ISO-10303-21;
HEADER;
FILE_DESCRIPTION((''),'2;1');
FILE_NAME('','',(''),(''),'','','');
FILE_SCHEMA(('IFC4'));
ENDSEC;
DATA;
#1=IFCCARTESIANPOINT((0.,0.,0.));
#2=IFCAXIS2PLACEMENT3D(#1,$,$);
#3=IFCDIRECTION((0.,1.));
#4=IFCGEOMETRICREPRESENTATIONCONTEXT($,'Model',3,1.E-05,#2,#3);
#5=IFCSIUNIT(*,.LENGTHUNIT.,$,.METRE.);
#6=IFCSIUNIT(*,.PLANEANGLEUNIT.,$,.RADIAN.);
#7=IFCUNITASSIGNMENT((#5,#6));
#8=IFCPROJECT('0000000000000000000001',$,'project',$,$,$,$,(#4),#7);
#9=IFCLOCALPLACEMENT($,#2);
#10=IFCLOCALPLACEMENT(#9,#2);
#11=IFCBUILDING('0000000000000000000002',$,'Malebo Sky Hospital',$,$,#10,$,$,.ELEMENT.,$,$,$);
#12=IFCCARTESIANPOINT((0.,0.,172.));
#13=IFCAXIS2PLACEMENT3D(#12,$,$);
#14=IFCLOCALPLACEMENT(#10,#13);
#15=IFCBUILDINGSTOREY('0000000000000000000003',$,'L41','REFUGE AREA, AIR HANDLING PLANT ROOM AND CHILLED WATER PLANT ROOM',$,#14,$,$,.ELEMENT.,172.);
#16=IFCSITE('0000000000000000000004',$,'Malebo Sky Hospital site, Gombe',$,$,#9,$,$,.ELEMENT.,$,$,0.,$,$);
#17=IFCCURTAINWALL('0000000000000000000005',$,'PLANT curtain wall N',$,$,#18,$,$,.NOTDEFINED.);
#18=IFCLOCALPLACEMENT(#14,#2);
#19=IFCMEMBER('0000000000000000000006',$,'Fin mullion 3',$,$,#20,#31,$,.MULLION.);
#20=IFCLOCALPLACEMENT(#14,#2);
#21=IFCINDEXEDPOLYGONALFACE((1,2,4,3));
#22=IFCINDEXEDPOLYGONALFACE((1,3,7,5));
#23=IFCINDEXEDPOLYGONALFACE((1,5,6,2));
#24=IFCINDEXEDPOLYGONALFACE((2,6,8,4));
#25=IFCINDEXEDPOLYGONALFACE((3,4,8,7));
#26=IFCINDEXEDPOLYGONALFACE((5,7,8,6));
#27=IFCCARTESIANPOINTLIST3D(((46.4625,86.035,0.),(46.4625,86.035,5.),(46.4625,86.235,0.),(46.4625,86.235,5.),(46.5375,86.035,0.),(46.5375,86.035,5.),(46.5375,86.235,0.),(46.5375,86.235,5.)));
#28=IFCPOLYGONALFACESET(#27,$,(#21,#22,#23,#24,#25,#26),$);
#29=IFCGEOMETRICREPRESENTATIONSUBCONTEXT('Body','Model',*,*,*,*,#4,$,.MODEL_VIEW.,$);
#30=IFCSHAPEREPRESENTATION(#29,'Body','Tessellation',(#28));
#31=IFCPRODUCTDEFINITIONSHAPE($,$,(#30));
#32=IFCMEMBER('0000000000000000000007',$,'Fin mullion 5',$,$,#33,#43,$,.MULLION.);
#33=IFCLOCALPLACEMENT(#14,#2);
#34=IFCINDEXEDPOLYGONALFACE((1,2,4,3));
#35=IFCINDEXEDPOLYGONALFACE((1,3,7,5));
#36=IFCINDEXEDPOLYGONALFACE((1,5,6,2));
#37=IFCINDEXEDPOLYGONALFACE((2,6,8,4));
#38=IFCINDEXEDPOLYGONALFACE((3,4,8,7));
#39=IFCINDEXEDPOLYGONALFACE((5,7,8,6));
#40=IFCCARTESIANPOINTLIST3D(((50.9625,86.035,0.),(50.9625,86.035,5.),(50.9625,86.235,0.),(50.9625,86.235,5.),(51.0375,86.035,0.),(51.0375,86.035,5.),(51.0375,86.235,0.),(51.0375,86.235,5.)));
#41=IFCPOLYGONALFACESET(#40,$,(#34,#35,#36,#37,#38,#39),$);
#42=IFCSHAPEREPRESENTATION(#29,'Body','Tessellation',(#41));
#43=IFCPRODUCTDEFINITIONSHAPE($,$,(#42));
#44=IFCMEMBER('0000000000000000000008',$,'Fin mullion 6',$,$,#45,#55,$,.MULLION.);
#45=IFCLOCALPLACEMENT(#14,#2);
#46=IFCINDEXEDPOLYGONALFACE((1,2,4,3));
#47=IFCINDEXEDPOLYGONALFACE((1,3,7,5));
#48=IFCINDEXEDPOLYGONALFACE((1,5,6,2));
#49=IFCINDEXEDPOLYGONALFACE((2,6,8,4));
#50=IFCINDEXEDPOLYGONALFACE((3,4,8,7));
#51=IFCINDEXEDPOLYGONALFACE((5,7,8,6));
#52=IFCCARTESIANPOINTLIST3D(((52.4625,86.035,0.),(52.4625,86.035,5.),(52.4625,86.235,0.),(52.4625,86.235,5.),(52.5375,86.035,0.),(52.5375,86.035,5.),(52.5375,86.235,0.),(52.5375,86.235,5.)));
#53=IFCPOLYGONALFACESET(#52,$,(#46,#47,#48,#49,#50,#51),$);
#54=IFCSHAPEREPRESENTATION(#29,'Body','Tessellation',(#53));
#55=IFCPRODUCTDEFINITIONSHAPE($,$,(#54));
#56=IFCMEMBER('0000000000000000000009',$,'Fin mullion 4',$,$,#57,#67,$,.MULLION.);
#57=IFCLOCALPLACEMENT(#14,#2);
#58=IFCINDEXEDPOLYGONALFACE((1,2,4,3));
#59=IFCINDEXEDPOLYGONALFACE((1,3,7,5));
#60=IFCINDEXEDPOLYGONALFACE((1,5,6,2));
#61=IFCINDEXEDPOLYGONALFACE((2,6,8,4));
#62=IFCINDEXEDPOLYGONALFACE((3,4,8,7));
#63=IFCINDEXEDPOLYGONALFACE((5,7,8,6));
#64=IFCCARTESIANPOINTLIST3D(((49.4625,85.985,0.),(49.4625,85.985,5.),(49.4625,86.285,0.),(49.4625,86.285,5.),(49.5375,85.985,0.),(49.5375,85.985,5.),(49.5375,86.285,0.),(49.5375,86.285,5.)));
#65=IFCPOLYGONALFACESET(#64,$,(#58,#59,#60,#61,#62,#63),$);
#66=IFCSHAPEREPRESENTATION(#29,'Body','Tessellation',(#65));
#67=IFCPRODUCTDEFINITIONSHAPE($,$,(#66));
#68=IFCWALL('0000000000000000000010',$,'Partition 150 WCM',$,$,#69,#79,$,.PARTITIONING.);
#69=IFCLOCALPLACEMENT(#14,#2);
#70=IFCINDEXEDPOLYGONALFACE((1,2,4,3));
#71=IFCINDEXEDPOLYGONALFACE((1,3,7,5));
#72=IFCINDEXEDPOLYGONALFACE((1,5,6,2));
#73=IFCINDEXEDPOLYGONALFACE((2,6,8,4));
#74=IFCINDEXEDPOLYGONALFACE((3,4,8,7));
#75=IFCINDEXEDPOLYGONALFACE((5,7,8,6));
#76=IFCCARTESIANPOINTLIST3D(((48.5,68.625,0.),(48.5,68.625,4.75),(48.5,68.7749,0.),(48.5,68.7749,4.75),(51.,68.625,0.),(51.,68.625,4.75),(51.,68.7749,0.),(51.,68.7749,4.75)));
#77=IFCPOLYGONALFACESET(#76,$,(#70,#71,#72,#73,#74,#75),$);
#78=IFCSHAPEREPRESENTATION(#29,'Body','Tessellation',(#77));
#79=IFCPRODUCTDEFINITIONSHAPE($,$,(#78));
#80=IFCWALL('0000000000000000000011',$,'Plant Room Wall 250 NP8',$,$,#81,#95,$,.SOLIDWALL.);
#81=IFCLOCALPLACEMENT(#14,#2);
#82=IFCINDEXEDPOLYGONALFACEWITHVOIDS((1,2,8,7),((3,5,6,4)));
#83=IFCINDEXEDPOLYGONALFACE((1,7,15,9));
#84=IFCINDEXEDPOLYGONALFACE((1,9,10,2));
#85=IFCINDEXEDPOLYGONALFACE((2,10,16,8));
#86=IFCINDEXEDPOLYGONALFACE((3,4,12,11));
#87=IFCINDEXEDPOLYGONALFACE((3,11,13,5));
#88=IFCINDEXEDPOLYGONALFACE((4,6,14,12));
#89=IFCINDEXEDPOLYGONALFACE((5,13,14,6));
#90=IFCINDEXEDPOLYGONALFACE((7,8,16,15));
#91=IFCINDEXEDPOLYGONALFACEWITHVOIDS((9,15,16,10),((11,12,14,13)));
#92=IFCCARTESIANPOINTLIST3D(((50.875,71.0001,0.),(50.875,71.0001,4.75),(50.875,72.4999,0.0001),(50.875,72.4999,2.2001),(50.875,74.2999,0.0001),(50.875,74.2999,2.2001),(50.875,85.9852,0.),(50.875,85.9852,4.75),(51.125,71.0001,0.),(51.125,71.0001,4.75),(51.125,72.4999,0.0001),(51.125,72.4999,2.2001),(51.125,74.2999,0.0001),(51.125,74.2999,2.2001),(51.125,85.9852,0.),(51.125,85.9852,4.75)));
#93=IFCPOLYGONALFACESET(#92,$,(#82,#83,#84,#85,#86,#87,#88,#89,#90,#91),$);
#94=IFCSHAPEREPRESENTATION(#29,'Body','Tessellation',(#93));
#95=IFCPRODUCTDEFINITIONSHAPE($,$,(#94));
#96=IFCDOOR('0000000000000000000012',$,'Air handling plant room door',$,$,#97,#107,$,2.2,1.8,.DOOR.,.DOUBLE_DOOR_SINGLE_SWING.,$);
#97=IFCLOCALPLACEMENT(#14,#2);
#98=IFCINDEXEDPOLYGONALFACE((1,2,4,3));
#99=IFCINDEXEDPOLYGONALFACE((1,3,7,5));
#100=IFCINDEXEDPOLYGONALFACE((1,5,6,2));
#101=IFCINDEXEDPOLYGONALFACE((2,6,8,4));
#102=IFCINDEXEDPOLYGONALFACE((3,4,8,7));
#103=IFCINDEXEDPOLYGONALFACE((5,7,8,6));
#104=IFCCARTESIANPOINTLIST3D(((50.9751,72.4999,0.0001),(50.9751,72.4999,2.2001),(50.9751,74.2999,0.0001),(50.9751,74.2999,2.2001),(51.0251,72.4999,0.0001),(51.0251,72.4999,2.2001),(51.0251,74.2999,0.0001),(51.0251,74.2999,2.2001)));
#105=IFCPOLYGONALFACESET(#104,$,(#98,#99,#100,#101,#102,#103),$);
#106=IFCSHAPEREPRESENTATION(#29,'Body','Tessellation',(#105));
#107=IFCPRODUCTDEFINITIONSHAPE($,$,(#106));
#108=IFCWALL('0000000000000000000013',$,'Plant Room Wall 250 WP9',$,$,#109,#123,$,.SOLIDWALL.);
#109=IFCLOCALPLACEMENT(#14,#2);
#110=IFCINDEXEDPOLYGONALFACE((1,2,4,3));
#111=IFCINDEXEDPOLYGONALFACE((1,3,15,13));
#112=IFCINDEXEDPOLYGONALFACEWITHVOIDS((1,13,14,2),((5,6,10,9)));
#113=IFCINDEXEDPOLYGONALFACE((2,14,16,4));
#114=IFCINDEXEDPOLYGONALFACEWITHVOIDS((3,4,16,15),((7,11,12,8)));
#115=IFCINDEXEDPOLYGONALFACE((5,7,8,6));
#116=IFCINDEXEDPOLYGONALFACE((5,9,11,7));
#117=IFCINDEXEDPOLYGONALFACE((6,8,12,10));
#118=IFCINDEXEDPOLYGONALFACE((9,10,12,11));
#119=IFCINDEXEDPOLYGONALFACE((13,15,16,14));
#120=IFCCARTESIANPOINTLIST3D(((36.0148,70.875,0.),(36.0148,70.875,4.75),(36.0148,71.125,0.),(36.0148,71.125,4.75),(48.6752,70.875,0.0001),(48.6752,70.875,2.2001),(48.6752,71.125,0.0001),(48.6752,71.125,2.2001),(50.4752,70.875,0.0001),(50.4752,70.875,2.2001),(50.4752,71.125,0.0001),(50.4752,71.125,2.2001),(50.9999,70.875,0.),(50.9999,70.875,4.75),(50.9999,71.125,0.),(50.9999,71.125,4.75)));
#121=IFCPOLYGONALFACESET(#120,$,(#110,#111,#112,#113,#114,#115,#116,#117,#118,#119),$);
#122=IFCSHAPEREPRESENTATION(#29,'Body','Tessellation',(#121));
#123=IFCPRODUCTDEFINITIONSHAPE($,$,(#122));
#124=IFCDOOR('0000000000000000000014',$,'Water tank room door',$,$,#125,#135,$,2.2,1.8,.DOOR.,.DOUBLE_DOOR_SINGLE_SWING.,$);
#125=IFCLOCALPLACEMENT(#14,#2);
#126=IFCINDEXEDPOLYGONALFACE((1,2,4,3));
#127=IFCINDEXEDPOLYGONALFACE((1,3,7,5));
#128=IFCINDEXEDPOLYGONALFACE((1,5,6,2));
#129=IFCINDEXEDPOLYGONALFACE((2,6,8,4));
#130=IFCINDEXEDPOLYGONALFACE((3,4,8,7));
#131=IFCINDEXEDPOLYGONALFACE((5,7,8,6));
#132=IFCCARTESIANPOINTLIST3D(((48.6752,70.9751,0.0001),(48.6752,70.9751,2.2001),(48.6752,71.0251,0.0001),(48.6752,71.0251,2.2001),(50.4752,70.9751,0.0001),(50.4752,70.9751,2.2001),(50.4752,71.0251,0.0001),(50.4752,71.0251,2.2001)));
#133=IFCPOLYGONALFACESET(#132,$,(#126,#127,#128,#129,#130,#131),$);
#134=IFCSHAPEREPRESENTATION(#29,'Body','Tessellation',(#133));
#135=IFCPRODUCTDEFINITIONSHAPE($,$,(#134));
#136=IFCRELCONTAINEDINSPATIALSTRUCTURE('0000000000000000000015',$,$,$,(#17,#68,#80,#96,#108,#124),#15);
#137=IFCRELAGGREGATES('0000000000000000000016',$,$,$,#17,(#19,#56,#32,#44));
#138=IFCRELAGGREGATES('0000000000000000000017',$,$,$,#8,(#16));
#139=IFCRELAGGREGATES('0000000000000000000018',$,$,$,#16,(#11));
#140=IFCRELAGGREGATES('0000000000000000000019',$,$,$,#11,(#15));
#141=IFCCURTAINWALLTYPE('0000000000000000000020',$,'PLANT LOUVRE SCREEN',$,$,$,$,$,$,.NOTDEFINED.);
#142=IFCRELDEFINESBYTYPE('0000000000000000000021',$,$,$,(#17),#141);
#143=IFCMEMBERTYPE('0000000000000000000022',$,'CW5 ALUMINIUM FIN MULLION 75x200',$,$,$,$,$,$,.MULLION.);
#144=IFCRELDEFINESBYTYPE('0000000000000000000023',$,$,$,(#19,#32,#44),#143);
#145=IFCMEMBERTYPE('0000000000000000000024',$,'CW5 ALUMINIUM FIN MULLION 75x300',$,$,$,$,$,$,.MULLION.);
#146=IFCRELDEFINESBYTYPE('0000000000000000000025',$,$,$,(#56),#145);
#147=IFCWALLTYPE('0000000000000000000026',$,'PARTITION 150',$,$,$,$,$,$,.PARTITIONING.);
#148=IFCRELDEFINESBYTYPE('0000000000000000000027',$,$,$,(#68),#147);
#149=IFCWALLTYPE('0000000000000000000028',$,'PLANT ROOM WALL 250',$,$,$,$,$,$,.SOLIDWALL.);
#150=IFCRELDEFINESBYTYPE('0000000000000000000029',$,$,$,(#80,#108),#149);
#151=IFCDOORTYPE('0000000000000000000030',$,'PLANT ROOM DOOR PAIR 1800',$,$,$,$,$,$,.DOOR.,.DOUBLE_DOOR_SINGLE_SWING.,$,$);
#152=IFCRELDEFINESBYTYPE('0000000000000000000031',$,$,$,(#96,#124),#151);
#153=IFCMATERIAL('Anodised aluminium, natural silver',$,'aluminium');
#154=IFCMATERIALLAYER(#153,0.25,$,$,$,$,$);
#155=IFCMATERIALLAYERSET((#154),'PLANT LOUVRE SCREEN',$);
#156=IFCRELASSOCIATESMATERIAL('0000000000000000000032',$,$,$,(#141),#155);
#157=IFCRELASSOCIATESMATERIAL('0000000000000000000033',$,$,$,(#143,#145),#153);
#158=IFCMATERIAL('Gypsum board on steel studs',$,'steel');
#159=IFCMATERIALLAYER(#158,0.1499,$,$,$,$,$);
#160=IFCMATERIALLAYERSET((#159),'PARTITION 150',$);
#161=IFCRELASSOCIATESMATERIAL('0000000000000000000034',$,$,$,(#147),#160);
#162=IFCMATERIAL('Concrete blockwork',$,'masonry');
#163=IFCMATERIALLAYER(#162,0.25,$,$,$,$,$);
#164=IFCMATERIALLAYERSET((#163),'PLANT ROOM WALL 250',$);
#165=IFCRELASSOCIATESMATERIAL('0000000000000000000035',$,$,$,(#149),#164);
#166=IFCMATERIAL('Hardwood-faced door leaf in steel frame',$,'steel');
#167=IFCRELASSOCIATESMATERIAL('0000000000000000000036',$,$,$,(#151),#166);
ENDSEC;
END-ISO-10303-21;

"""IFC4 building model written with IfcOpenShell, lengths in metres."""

from ifc_helpers import new_model, si_unit, direction, frame, frame_2d, origin, origin_2d, place, context, subcontext, project, spatial, rectangle, extrude, material, layer, layer_set, material_profile, profile_set, type_object, element, fill, aggregate, save


model = new_model("IFC4")

# Units and contexts
model_context = context("Model", 3, precision=1e-05, world=origin(), true_north=direction((0.0, 1.0)))
body_context = subcontext(model_context, "Body", "Model", "MODEL_VIEW")
ifc_project = project(units=[si_unit("LENGTHUNIT", "METRE"), si_unit("PLANEANGLEUNIT", "RADIAN")], contexts=[model_context])

# Site, building, storey
site_placement = place(None, origin())
site = spatial("IfcSite", under=ifc_project, at=site_placement, Name="Malebo Sky Hospital site, Gombe", CompositionType="ELEMENT", RefElevation=0.0)
building_placement = place(site_placement, origin())
building = spatial("IfcBuilding", under=site, at=building_placement, Name="Malebo Sky Hospital", CompositionType="ELEMENT")
storey_placement = place(building_placement, frame((0.0, 0.0, 172.0)))
storey = spatial("IfcBuildingStorey", under=building, at=storey_placement, Name="L41", Description="REFUGE AREA, AIR HANDLING PLANT ROOM AND CHILLED WATER PLANT ROOM", CompositionType="ELEMENT", Elevation=172.0)

# Curtain wall, members
ifc_material_1 = material(Name="Anodised aluminium, natural silver", Category="aluminium")
ifc_layer_1 = layer(ifc_material_1, 0.25)
ifc_layer_set_1 = layer_set([ifc_layer_1], Name="PLANT LOUVRE SCREEN")
curtain_wall_type = type_object("IfcCurtainWallType", Name="PLANT LOUVRE SCREEN", PredefinedType="NOTDEFINED", material=ifc_layer_set_1)
curtain_wall_placement = place(storey_placement, origin())
curtain_wall = element("IfcCurtainWall", 1, at=curtain_wall_placement, inside=storey, type_object=curtain_wall_type, Name="PLANT curtain wall N", PredefinedType="NOTDEFINED")
ifc_material_profile_1 = material_profile(ifc_material_1, rectangle(XDim=0.075, YDim=0.2, at=origin_2d()), Name="CW5 ALUMINIUM FIN MULLION 75x200")
ifc_profile_set_1 = profile_set([ifc_material_profile_1], Name="Anodised aluminium, natural silver")
member_type_1 = type_object("IfcMemberType", Name="CW5 ALUMINIUM FIN MULLION 75x200", PredefinedType="MULLION", material=ifc_profile_set_1)
member_1_placement = place(storey_placement, frame((46.5, 86.135, 0.0), z_axis=(0.0, 0.0, 1.0), x_axis=(1.0, 0.0, 0.0)))
member_1 = element("IfcMember", 2, at=member_1_placement, type_object=member_type_1, Name="Fin mullion 3", PredefinedType="MULLION", context=body_context, shape_type="SweptSolid", body=[
    extrude(rectangle(XDim=0.075, YDim=0.2, at=origin_2d()), origin(), (0.0, 0.0, 1.0), 5.0),
])
member_2_placement = place(storey_placement, frame((51.0, 86.135, 0.0), z_axis=(0.0, 0.0, 1.0), x_axis=(1.0, 0.0, 0.0)))
member_2 = element("IfcMember", 3, at=member_2_placement, type_object=member_type_1, Name="Fin mullion 5", PredefinedType="MULLION", context=body_context, shape_type="SweptSolid", body=[
    extrude(rectangle(XDim=0.075, YDim=0.2, at=origin_2d()), origin(), (0.0, 0.0, 1.0), 5.0),
])
member_3_placement = place(storey_placement, frame((52.5, 86.135, 0.0), z_axis=(0.0, 0.0, 1.0), x_axis=(1.0, 0.0, 0.0)))
member_3 = element("IfcMember", 4, at=member_3_placement, type_object=member_type_1, Name="Fin mullion 6", PredefinedType="MULLION", context=body_context, shape_type="SweptSolid", body=[
    extrude(rectangle(XDim=0.075, YDim=0.2, at=origin_2d()), origin(), (0.0, 0.0, 1.0), 5.0),
])
ifc_material_profile_2 = material_profile(ifc_material_1, rectangle(XDim=0.075, YDim=0.3, at=origin_2d()), Name="CW5 ALUMINIUM FIN MULLION 75x300")
ifc_profile_set_2 = profile_set([ifc_material_profile_2], Name="Anodised aluminium, natural silver")
member_type_2 = type_object("IfcMemberType", Name="CW5 ALUMINIUM FIN MULLION 75x300", PredefinedType="MULLION", material=ifc_profile_set_2)
member_4_placement = place(storey_placement, frame((49.5, 86.135, 0.0), z_axis=(0.0, 0.0, 1.0), x_axis=(1.0, 0.0, 0.0)))
member_4 = element("IfcMember", 5, at=member_4_placement, type_object=member_type_2, Name="Fin mullion 4", PredefinedType="MULLION", context=body_context, shape_type="SweptSolid", body=[
    extrude(rectangle(XDim=0.075, YDim=0.3, at=origin_2d()), origin(), (0.0, 0.0, 1.0), 5.0),
])
aggregate(curtain_wall, [member_1, member_4, member_2, member_3])

# Wall
ifc_material_2 = material(Name="Gypsum board on steel studs", Category="steel")
ifc_layer_2 = layer(ifc_material_2, 0.1499)
ifc_layer_set_2 = layer_set([ifc_layer_2], Name="PARTITION 150")
wall_type_1 = type_object("IfcWallType", Name="PARTITION 150", PredefinedType="PARTITIONING", material=ifc_layer_set_2)
wall_1_placement = place(storey_placement, frame((51.0, 68.7, 0.0), z_axis=(0.0, 0.0, 1.0), x_axis=(-1.0, 0.0, 0.0)))
element("IfcWall", 6, at=wall_1_placement, inside=storey, type_object=wall_type_1, Name="Partition 150 WCM", PredefinedType="PARTITIONING", context=body_context, shape_type="SweptSolid", body=[
    extrude(rectangle(XDim=2.5, YDim=0.1499, at=frame_2d((1.25, 0.0))), origin(), (0.0, 0.0, 1.0), 4.75),
])

# Walls, openings, doors
ifc_material_3 = material(Name="Concrete blockwork", Category="masonry")
ifc_layer_3 = layer(ifc_material_3, 0.25)
ifc_layer_set_3 = layer_set([ifc_layer_3], Name="PLANT ROOM WALL 250")
wall_type_2 = type_object("IfcWallType", Name="PLANT ROOM WALL 250", PredefinedType="SOLIDWALL", material=ifc_layer_set_3)
wall_2_placement = place(storey_placement, frame((51.0, 71.0, 0.0), z_axis=(0.0, 0.0, 1.0), x_axis=(0.0, 1.0, 0.0)))
wall_2 = element("IfcWall", 7, at=wall_2_placement, inside=storey, type_object=wall_type_2, Name="Plant Room Wall 250 NP8", PredefinedType="SOLIDWALL", context=body_context, shape_type="SweptSolid", body=[
    extrude(rectangle(XDim=14.9851, YDim=0.25, at=frame_2d((7.4927, 0.0))), origin(), (0.0, 0.0, 1.0), 4.75),
])
opening_1_placement = place(wall_2_placement, frame((1.5, 0.0, 0.0)))
opening_1 = element("IfcOpeningElement", 8, at=opening_1_placement, cuts=wall_2, PredefinedType="OPENING", context=body_context, shape_type="SweptSolid", body=[
    extrude(rectangle(XDim=1.8, YDim=2.2, at=frame_2d((0.8999, 1.1001))), frame((0.0, 0.135, 0.0), z_axis=(0.0, -1.0, 0.0), x_axis=(1.0, 0.0, 0.0)), (0.0, 0.0, 1.0), 0.27),
])
ifc_material_4 = material(Name="Hardwood-faced door leaf in steel frame", Category="steel")
door_type = type_object("IfcDoorType", Name="PLANT ROOM DOOR PAIR 1800", OperationType="DOUBLE_DOOR_SINGLE_SWING", PredefinedType="DOOR", material=ifc_material_4)
door_1_placement = place(opening_1_placement, origin())
door_1 = element("IfcDoor", 9, at=door_1_placement, inside=storey, type_object=door_type, Name="Air handling plant room door", OperationType="DOUBLE_DOOR_SINGLE_SWING", OverallHeight=2.2, OverallWidth=1.8, PredefinedType="DOOR", context=body_context, shape_type="SweptSolid", body=[
    extrude(rectangle(XDim=1.8, YDim=2.2, at=frame_2d((0.8999, 1.1001))), frame((0.0, 0.0249, 0.0), z_axis=(0.0, -1.0, 0.0), x_axis=(1.0, 0.0, 0.0)), (0.0, 0.0, 1.0), 0.05),
])
fill(opening_1, door_1)
wall_3_placement = place(storey_placement, frame((51.0, 71.0, 0.0), z_axis=(0.0, 0.0, 1.0), x_axis=(-1.0, 0.0, 0.0)))
wall_3 = element("IfcWall", 10, at=wall_3_placement, inside=storey, type_object=wall_type_2, Name="Plant Room Wall 250 WP9", PredefinedType="SOLIDWALL", context=body_context, shape_type="SweptSolid", body=[
    extrude(rectangle(XDim=14.9851, YDim=0.25, at=frame_2d((7.4927, 0.0))), origin(), (0.0, 0.0, 1.0), 4.75),
])
opening_2_placement = place(wall_3_placement, frame((0.5249, 0.0, 0.0)))
opening_2 = element("IfcOpeningElement", 11, at=opening_2_placement, cuts=wall_3, PredefinedType="OPENING", context=body_context, shape_type="SweptSolid", body=[
    extrude(rectangle(XDim=1.8, YDim=2.2, at=frame_2d((0.8999, 1.1001))), frame((0.0, 0.135, 0.0), z_axis=(0.0, -1.0, 0.0), x_axis=(1.0, 0.0, 0.0)), (0.0, 0.0, 1.0), 0.27),
])
door_2_placement = place(opening_2_placement, origin())
door_2 = element("IfcDoor", 12, at=door_2_placement, inside=storey, type_object=door_type, Name="Water tank room door", OperationType="DOUBLE_DOOR_SINGLE_SWING", OverallHeight=2.2, OverallWidth=1.8, PredefinedType="DOOR", context=body_context, shape_type="SweptSolid", body=[
    extrude(rectangle(XDim=1.8, YDim=2.2, at=frame_2d((0.8999, 1.1001))), frame((0.0, 0.0249, 0.0), z_axis=(0.0, -1.0, 0.0), x_axis=(1.0, 0.0, 0.0)), (0.0, 0.0, 1.0), 0.05),
])
fill(opening_2, door_2)

save(model, "model.ifc")
